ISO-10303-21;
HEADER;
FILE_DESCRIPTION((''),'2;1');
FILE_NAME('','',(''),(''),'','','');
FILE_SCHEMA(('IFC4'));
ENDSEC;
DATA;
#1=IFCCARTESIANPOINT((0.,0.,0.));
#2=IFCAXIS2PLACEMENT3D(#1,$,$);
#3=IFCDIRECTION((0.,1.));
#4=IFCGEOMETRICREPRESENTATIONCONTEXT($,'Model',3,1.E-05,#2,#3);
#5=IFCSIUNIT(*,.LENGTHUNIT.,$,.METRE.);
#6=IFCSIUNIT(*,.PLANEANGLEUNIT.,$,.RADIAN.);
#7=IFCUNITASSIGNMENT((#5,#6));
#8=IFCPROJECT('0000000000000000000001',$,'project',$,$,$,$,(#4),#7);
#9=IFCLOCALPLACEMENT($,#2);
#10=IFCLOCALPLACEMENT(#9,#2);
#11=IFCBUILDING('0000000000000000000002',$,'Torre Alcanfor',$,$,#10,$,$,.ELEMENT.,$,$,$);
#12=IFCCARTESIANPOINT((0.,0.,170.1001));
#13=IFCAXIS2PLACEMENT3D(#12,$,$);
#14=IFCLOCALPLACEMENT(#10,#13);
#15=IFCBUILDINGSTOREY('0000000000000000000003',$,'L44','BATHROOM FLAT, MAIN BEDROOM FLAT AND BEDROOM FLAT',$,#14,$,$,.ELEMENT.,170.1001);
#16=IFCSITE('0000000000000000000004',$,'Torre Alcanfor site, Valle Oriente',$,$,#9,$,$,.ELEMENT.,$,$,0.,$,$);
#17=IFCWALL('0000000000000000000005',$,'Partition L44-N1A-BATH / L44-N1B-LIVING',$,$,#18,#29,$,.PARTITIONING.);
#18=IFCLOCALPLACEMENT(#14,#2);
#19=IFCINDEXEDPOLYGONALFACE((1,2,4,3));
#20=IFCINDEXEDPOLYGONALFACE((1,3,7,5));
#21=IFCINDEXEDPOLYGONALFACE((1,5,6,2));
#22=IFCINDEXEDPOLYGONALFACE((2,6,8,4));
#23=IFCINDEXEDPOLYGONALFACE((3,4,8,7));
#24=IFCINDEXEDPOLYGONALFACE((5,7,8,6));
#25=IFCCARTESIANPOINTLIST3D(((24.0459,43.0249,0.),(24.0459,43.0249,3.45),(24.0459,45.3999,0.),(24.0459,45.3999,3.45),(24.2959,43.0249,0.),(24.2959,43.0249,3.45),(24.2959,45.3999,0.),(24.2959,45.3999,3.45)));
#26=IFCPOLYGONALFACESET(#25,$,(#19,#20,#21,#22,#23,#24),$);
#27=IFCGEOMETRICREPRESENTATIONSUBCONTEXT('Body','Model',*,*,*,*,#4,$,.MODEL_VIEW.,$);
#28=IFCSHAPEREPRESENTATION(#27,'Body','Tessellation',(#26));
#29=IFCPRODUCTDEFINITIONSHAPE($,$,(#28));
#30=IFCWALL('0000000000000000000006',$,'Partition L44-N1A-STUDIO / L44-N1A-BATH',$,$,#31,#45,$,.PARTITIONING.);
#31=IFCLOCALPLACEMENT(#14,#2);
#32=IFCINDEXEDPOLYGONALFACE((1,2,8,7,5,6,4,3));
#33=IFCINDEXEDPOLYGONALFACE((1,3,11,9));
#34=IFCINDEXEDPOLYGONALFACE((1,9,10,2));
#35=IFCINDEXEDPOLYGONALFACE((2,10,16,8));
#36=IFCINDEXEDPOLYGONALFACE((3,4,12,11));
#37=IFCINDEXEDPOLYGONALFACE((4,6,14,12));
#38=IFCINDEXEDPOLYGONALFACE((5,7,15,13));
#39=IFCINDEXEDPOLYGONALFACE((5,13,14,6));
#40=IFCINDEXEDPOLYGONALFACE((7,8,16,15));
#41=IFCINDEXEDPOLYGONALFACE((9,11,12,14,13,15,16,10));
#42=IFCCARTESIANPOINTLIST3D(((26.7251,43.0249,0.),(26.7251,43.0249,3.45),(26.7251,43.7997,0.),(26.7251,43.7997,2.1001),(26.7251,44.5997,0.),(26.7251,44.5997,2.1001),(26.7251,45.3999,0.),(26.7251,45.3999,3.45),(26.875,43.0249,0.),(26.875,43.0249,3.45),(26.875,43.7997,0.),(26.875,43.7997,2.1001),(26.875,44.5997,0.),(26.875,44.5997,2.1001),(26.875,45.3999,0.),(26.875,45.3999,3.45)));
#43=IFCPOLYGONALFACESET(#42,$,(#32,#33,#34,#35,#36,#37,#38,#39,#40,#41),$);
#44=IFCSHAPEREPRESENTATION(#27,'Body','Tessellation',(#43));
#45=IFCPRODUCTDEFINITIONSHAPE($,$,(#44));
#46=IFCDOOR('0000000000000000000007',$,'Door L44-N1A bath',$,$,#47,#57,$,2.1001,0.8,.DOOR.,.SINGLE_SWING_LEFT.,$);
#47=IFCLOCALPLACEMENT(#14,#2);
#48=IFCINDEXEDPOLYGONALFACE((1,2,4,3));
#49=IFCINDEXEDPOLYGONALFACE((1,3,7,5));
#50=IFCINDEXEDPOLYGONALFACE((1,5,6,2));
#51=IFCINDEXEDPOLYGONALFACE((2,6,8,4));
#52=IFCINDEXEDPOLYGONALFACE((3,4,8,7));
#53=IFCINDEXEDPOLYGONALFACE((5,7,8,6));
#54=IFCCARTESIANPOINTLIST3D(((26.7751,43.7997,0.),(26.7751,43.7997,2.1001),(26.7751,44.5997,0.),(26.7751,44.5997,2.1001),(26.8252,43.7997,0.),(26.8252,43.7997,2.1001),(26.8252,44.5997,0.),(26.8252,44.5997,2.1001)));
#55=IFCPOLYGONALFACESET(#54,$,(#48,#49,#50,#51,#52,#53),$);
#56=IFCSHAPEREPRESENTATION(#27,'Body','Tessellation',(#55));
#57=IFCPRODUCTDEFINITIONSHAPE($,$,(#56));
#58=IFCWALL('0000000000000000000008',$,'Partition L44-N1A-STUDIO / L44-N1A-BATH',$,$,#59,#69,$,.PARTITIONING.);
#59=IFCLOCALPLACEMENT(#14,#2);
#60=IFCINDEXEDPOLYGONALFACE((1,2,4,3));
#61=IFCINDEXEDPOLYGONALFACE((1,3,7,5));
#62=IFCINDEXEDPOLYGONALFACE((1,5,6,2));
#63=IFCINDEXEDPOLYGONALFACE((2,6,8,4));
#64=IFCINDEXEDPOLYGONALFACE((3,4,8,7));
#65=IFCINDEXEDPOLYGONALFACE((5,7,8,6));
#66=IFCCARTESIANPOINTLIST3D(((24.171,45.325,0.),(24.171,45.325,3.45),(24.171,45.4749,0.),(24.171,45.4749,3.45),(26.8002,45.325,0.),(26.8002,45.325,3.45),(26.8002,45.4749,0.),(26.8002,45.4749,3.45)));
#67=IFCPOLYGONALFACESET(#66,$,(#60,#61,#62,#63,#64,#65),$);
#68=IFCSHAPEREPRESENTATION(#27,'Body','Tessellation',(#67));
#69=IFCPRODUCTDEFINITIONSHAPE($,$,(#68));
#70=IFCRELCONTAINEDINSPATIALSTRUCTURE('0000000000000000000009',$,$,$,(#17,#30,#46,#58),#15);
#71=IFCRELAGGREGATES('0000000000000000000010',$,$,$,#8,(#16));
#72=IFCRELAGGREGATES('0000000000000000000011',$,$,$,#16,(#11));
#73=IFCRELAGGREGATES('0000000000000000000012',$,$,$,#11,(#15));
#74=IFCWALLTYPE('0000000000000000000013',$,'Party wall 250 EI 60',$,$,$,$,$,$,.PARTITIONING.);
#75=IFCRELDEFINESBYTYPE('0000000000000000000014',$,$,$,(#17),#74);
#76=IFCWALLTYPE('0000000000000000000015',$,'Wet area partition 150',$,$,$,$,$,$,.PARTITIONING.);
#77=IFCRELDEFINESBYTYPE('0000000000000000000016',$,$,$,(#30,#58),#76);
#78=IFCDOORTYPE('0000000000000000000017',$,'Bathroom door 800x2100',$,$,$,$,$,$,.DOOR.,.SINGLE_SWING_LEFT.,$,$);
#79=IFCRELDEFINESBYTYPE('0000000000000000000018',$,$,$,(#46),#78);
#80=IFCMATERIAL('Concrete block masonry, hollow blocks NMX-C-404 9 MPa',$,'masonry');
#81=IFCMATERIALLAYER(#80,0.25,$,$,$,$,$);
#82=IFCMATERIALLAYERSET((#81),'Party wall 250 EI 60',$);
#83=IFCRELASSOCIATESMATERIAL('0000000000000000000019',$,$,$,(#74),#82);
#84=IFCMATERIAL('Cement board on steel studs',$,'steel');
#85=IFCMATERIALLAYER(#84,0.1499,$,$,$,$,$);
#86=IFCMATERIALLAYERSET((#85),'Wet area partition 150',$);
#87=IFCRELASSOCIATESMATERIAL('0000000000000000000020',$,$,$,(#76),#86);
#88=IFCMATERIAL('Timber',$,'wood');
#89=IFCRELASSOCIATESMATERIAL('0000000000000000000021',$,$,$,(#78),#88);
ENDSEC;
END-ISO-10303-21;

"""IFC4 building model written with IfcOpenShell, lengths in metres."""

from ifc_helpers import new_model, si_unit, direction, frame, frame_2d, origin, place, context, subcontext, project, spatial, rectangle, extrude, material, layer, layer_set, type_object, element, fill, save


model = new_model("IFC4")

# Units and contexts
model_context = context("Model", 3, precision=1e-05, world=origin(), true_north=direction((0.0, 1.0)))
body_context = subcontext(model_context, "Body", "Model", "MODEL_VIEW")
ifc_project = project(units=[si_unit("LENGTHUNIT", "METRE"), si_unit("PLANEANGLEUNIT", "RADIAN")], contexts=[model_context])

# Site, building, storey
site_placement = place(None, origin())
site = spatial("IfcSite", under=ifc_project, at=site_placement, Name="Torre Alcanfor site, Valle Oriente", CompositionType="ELEMENT", RefElevation=0.0)
building_placement = place(site_placement, origin())
building = spatial("IfcBuilding", under=site, at=building_placement, Name="Torre Alcanfor", CompositionType="ELEMENT")
storey_placement = place(building_placement, frame((0.0, 0.0, 170.1001)))
storey = spatial("IfcBuildingStorey", under=building, at=storey_placement, Name="L44", Description="BATHROOM FLAT, MAIN BEDROOM FLAT AND BEDROOM FLAT", CompositionType="ELEMENT", Elevation=170.1001)

# Wall
ifc_material_1 = material(Name="Concrete block masonry, hollow blocks NMX-C-404 9 MPa", Category="masonry")
ifc_layer_1 = layer(ifc_material_1, 0.25)
ifc_layer_set_1 = layer_set([ifc_layer_1], Name="Party wall 250 EI 60")
wall_type_1 = type_object("IfcWallType", Name="Party wall 250 EI 60", PredefinedType="PARTITIONING", material=ifc_layer_set_1)
wall_1_placement = place(storey_placement, frame((24.1709, 45.3999, 0.0), z_axis=(0.0, 0.0, 1.0), x_axis=(0.0, -1.0, 0.0)))
element("IfcWall", 1, at=wall_1_placement, inside=storey, type_object=wall_type_1, Name="Partition L44-N1A-BATH / L44-N1B-LIVING", PredefinedType="PARTITIONING", context=body_context, shape_type="SweptSolid", body=[
    extrude(rectangle(XDim=2.375, YDim=0.25, at=frame_2d((1.1875, 0.0))), origin(), (0.0, 0.0, 1.0), 3.45),
])

# Wall, opening, door
ifc_material_2 = material(Name="Cement board on steel studs", Category="steel")
ifc_layer_2 = layer(ifc_material_2, 0.1499)
ifc_layer_set_2 = layer_set([ifc_layer_2], Name="Wet area partition 150")
wall_type_2 = type_object("IfcWallType", Name="Wet area partition 150", PredefinedType="PARTITIONING", material=ifc_layer_set_2)
wall_2_placement = place(storey_placement, frame((26.8, 43.0249, 0.0), z_axis=(0.0, 0.0, 1.0), x_axis=(0.0, 1.0, 0.0)))
wall_2 = element("IfcWall", 2, at=wall_2_placement, inside=storey, type_object=wall_type_2, Name="Partition L44-N1A-STUDIO / L44-N1A-BATH", PredefinedType="PARTITIONING", context=body_context, shape_type="SweptSolid", body=[
    extrude(rectangle(XDim=2.375, YDim=0.1499, at=frame_2d((1.1875, 0.0))), origin(), (0.0, 0.0, 1.0), 3.45),
])
opening_1_placement = place(wall_2_placement, frame((0.7749, 0.0, 0.0)))
opening_1 = element("IfcOpeningElement", 3, at=opening_1_placement, cuts=wall_2, PredefinedType="OPENING", context=body_context, shape_type="SweptSolid", body=[
    extrude(rectangle(XDim=0.8, YDim=2.1001, at=frame_2d((0.3999, 1.05))), frame((0.0, 0.085, 0.0), z_axis=(0.0, -1.0, 0.0), x_axis=(1.0, 0.0, 0.0)), (0.0, 0.0, 1.0), 0.1699),
])
ifc_material_3 = material(Name="Timber", Category="wood")
door_type_1 = type_object("IfcDoorType", Name="Bathroom door 800x2100", OperationType="SINGLE_SWING_LEFT", PredefinedType="DOOR", material=ifc_material_3)
door_1_placement = place(opening_1_placement, origin())
door_1 = element("IfcDoor", 4, at=door_1_placement, inside=storey, type_object=door_type_1, Name="Door L44-N1A bath", OperationType="SINGLE_SWING_LEFT", OverallHeight=2.1001, OverallWidth=0.8, PredefinedType="DOOR", context=body_context, shape_type="SweptSolid", body=[
    extrude(rectangle(XDim=0.8, YDim=2.1001, at=frame_2d((0.3999, 1.05))), frame((0.0, 0.0249, 0.0), z_axis=(0.0, -1.0, 0.0), x_axis=(1.0, 0.0, 0.0)), (0.0, 0.0, 1.0), 0.05),
])
fill(opening_1, door_1)

# Wall
wall_3_placement = place(storey_placement, frame((26.8, 45.3999, 0.0), z_axis=(0.0, 0.0, 1.0), x_axis=(-1.0, 0.0, 0.0)))
element("IfcWall", 5, at=wall_3_placement, inside=storey, type_object=wall_type_2, Name="Partition L44-N1A-STUDIO / L44-N1A-BATH", PredefinedType="PARTITIONING", context=body_context, shape_type="SweptSolid", body=[
    extrude(rectangle(XDim=2.6292, YDim=0.1499, at=frame_2d((1.3145, 0.0))), origin(), (0.0, 0.0, 1.0), 3.45),
])

save(model, "model.ifc")
